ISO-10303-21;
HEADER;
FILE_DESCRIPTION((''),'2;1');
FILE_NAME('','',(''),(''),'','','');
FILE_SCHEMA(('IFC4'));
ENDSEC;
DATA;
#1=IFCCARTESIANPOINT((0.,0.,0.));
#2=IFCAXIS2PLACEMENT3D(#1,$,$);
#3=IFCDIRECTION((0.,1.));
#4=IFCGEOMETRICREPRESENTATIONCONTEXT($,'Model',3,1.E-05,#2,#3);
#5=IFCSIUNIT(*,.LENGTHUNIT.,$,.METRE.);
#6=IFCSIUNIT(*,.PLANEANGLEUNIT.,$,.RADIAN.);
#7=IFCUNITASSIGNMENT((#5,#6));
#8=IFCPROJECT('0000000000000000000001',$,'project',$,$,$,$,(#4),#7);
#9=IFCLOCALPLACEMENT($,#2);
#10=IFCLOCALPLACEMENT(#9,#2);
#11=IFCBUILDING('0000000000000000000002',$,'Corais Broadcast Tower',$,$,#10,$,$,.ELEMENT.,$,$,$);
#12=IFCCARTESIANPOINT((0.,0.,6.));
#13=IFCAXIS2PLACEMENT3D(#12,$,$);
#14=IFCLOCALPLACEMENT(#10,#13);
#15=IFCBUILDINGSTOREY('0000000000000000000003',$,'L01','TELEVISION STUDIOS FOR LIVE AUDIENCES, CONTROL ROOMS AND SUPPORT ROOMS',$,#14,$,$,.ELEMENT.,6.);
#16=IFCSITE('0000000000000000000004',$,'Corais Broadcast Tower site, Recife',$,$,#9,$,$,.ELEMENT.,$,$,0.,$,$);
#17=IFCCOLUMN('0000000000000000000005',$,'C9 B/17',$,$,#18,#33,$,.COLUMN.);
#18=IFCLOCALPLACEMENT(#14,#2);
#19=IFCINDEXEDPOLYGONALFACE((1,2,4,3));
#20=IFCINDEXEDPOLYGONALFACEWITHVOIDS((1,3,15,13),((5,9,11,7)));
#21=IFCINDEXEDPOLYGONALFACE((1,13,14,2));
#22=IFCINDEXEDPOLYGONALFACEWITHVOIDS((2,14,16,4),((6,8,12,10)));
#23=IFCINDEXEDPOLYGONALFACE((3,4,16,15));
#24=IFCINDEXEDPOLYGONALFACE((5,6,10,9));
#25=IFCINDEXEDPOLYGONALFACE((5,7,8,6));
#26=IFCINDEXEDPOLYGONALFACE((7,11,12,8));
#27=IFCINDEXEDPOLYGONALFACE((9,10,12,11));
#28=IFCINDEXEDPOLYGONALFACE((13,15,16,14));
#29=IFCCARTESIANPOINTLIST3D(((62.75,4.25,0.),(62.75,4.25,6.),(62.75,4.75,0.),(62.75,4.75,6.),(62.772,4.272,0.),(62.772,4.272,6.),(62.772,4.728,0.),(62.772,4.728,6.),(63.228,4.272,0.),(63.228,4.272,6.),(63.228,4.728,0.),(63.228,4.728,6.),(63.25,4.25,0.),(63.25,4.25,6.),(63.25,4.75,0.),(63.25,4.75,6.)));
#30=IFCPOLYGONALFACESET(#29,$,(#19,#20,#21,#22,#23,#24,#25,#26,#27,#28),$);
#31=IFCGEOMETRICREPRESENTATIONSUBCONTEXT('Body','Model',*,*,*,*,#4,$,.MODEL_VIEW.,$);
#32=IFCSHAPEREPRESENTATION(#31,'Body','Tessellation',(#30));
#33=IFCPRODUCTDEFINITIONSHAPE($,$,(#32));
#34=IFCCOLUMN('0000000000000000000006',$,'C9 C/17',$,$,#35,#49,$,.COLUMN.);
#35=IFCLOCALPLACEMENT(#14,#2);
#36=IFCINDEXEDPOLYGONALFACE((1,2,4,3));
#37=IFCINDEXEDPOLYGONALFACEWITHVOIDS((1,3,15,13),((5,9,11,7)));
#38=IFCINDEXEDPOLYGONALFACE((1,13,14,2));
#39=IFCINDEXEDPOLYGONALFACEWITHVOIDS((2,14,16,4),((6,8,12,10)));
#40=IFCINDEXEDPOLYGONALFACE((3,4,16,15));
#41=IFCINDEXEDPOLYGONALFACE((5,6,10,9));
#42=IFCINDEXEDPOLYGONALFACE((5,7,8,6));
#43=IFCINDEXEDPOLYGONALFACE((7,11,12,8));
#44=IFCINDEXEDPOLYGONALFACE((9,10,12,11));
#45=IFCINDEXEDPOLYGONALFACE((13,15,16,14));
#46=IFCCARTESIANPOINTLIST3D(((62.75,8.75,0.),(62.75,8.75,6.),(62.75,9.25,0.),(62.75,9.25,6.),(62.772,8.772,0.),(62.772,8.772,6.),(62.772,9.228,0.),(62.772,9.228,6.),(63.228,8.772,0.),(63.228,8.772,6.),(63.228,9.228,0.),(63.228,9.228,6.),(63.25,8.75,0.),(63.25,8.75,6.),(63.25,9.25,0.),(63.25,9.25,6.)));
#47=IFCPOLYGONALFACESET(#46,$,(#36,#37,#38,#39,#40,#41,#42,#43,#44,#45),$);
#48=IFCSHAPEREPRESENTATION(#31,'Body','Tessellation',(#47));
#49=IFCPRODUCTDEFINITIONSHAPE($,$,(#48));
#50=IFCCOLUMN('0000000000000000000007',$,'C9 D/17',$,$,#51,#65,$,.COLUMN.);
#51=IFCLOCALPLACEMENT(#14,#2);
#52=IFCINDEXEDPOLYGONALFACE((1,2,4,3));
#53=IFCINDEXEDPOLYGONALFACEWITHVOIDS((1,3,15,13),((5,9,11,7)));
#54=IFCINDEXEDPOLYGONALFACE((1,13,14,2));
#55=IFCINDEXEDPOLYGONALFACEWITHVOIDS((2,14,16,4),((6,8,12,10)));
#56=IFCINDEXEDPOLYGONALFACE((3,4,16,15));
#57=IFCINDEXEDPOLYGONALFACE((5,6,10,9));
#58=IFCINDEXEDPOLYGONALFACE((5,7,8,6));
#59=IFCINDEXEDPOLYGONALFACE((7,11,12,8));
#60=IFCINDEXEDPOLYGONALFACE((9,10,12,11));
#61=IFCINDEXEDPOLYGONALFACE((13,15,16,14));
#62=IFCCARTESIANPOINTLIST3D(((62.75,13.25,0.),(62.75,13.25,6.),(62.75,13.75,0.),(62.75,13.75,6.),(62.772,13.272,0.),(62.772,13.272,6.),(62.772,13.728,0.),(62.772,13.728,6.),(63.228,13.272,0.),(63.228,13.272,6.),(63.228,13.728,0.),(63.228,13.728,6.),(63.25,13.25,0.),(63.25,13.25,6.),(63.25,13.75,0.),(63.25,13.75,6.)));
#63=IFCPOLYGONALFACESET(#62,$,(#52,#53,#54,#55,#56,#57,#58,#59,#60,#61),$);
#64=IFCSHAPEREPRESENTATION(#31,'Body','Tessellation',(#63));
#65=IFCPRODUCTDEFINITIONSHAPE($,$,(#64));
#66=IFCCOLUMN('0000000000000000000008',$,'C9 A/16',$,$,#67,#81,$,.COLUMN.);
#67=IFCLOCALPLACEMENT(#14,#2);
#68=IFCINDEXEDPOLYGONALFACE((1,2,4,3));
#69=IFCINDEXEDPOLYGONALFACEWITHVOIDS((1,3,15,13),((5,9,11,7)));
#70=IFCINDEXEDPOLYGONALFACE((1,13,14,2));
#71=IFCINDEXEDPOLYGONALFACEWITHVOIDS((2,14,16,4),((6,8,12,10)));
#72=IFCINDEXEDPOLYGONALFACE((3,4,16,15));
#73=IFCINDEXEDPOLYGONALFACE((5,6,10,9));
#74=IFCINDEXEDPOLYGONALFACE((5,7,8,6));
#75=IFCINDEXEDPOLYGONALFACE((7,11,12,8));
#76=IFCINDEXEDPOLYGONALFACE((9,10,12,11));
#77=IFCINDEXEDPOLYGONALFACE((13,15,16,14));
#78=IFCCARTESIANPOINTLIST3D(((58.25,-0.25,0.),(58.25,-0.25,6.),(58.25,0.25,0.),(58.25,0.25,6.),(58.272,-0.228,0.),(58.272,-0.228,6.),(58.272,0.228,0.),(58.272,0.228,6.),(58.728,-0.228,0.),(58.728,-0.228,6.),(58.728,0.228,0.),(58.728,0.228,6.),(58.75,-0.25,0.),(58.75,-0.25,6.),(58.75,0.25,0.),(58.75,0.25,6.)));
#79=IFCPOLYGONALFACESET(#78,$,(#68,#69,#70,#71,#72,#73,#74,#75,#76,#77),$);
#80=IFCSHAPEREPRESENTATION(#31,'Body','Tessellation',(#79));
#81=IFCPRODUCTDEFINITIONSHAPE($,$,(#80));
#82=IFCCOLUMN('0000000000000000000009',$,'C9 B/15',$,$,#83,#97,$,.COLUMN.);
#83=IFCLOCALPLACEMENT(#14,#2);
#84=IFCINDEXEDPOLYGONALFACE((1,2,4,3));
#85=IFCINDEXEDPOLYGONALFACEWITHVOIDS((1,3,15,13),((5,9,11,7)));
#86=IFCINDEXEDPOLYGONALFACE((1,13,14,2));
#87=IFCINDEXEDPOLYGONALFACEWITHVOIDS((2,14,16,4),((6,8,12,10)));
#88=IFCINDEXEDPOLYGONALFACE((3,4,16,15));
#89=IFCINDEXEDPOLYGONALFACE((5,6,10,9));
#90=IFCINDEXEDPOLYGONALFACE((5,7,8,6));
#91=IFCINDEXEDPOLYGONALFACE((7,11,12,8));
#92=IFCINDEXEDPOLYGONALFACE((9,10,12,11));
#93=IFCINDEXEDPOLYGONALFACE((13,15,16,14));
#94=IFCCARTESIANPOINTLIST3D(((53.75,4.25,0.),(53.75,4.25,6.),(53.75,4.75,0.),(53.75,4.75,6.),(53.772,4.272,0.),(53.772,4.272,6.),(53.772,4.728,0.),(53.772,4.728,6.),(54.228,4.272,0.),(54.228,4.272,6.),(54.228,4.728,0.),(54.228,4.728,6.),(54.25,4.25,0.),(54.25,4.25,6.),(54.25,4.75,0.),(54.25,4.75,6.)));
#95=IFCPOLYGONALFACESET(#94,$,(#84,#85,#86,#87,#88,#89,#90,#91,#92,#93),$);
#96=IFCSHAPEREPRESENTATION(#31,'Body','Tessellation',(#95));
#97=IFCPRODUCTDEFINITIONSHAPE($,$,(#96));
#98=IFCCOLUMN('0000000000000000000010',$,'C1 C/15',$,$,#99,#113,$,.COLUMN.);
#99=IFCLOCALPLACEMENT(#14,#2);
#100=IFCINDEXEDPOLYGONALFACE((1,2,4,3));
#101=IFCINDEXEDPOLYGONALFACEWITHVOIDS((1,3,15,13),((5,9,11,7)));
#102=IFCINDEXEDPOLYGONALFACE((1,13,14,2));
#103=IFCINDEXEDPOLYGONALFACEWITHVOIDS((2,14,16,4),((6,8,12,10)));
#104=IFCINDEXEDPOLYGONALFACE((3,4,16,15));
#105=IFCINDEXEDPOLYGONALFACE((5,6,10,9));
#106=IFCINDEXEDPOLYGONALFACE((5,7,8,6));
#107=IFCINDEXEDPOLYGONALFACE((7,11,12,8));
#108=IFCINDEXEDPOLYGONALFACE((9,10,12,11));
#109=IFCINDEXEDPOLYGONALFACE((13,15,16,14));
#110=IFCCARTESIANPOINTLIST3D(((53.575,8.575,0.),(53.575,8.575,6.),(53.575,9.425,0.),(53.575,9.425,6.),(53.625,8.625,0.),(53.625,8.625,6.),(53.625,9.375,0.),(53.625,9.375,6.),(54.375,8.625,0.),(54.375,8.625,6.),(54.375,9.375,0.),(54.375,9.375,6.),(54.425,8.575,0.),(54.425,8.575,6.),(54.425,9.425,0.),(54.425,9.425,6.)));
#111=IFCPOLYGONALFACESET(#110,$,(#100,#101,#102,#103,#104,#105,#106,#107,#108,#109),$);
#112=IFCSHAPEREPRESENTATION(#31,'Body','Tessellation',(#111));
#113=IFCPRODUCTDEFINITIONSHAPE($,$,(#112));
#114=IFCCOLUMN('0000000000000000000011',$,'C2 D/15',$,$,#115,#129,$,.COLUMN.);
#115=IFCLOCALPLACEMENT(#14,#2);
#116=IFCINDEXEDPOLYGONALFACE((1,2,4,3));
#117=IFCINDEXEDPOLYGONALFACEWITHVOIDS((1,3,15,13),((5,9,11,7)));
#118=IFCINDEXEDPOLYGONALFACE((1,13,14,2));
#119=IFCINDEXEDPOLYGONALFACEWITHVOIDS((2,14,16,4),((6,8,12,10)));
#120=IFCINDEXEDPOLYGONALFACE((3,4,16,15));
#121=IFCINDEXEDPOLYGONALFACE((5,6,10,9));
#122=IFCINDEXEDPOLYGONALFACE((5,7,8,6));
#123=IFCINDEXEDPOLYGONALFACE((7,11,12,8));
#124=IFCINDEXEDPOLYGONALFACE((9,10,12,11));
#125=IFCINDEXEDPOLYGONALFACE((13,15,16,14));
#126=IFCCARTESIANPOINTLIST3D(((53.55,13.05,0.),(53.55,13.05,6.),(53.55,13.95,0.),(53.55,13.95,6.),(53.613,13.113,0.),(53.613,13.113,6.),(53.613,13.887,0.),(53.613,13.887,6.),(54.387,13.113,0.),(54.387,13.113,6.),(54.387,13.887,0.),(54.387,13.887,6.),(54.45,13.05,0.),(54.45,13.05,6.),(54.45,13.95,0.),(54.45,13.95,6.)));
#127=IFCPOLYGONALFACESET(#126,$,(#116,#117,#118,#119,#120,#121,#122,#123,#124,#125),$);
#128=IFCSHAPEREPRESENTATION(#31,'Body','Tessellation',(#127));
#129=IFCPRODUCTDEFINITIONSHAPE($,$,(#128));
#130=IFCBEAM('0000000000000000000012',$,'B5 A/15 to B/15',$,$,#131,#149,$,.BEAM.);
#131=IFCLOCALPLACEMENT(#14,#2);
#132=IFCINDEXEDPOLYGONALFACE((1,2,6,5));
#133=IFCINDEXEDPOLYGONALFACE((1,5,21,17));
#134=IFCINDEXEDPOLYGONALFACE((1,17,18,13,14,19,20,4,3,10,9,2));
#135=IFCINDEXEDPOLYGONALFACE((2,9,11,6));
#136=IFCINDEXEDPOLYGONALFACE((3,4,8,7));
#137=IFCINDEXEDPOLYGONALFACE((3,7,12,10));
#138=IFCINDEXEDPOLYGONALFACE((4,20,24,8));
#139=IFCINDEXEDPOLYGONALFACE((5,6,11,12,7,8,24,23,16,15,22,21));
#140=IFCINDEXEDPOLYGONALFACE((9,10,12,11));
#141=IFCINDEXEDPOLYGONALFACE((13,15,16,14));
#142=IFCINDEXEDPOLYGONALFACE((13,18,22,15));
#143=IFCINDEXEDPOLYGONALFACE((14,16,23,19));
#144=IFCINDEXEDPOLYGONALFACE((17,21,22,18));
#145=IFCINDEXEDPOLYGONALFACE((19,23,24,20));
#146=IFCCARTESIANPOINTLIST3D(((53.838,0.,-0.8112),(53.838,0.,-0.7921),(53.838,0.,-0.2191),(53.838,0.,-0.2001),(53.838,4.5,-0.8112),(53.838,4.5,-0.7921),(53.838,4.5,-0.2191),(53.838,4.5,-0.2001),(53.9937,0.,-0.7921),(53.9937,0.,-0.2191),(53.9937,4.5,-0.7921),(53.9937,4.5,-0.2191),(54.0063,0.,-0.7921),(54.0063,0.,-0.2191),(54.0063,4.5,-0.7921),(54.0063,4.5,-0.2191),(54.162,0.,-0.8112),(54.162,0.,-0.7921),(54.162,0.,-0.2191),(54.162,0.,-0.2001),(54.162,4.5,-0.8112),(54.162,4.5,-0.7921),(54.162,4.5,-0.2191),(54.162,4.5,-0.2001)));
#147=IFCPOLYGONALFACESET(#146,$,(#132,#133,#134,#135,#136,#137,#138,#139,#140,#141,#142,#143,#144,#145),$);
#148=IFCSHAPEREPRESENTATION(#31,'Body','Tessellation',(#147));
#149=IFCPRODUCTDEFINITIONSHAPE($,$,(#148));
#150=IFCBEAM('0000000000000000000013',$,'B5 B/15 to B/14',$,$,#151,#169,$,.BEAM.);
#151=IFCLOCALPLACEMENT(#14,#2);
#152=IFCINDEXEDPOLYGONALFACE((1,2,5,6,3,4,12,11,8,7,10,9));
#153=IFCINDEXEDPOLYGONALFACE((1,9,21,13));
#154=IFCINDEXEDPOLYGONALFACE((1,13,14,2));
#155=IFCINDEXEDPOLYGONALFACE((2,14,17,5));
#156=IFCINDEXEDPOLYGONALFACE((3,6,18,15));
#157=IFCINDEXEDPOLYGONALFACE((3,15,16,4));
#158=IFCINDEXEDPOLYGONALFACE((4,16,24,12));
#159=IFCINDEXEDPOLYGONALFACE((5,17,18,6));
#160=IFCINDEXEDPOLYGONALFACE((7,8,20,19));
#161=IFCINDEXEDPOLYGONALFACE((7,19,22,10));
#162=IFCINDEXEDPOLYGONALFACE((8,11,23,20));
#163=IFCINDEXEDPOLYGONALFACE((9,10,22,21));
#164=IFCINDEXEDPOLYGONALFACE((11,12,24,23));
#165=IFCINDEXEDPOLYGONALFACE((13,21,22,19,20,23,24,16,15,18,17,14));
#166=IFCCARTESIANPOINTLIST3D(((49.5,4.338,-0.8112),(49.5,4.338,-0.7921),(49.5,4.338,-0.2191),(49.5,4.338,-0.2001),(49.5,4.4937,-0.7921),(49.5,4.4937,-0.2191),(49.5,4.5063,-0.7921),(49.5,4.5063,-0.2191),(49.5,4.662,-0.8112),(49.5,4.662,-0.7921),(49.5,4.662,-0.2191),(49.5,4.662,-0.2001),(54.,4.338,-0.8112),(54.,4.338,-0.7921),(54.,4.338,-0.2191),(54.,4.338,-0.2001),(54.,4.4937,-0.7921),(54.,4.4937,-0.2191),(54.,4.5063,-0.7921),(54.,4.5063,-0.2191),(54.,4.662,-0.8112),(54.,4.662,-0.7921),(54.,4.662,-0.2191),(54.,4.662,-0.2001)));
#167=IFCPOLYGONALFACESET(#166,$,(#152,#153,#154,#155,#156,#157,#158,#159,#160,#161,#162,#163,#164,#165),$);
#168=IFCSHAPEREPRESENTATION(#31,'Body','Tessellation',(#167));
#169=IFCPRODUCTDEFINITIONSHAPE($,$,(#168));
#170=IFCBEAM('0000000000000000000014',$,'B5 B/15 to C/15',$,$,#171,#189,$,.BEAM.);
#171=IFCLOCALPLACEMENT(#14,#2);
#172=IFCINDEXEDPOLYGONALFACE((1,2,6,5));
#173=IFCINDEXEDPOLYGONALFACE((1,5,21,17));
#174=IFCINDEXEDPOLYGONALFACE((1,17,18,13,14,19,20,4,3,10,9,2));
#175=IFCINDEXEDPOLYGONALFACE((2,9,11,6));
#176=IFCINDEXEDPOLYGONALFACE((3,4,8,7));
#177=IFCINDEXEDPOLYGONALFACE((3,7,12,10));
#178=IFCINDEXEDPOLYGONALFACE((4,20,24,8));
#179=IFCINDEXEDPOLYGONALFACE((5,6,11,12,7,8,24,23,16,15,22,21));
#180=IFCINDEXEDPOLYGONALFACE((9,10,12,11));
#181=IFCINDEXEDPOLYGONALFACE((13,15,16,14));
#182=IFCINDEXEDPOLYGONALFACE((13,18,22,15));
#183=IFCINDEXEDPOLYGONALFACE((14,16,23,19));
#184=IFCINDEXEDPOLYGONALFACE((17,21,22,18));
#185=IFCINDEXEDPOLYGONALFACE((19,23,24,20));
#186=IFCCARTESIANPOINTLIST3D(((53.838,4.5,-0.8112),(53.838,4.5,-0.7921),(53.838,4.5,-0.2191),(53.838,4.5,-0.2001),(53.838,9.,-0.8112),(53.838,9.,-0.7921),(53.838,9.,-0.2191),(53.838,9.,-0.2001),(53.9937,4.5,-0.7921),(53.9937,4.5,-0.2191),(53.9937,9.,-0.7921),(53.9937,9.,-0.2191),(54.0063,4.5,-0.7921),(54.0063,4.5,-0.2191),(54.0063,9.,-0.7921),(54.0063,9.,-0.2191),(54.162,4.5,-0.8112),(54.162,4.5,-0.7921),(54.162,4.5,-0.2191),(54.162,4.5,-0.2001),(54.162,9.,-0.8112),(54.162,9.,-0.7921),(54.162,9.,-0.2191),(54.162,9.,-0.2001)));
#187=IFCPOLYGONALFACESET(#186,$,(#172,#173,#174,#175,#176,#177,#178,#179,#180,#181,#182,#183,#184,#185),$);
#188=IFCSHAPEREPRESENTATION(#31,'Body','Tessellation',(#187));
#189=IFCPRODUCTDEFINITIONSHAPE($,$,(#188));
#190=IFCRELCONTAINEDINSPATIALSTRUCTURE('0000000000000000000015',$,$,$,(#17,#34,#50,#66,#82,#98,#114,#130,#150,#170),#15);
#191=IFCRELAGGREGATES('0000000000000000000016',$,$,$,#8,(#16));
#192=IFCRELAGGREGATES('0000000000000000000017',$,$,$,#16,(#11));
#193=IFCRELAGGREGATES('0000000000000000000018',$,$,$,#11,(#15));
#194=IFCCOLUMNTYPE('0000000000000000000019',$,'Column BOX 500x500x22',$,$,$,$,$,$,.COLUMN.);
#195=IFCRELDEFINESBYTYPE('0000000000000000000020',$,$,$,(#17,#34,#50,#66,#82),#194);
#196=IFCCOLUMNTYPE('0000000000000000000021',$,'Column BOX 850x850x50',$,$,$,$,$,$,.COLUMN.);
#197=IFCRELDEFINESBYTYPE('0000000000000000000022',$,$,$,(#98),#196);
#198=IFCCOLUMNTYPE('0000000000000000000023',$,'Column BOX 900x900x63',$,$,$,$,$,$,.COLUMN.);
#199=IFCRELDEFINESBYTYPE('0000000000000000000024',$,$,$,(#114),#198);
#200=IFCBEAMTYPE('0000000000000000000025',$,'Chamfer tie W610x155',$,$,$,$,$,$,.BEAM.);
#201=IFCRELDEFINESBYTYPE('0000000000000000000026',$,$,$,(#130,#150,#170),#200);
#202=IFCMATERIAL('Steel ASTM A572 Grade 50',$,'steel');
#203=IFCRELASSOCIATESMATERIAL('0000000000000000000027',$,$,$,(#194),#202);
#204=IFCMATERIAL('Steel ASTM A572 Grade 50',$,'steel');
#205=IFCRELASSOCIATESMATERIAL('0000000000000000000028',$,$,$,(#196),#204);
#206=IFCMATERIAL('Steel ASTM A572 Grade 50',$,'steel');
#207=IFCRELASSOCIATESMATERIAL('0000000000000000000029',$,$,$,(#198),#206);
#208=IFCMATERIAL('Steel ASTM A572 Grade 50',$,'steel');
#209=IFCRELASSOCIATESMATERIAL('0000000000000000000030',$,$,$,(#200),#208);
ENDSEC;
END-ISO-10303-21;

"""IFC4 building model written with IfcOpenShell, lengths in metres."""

from ifc_helpers import new_model, si_unit, direction, frame, origin, origin_2d, place, context, subcontext, project, spatial, hollow_rectangle, i_section, extrude, material, material_profile, profile_set, type_object, element, save


model = new_model("IFC4")

# Units and contexts
model_context = context("Model", 3, precision=1e-05, world=origin(), true_north=direction((0.0, 1.0)))
body_context = subcontext(model_context, "Body", "Model", "MODEL_VIEW")
ifc_project = project(units=[si_unit("LENGTHUNIT", "METRE"), si_unit("PLANEANGLEUNIT", "RADIAN")], contexts=[model_context])

# Site, building, storey
site_placement = place(None, origin())
site = spatial("IfcSite", under=ifc_project, at=site_placement, Name="Corais Broadcast Tower site, Recife", CompositionType="ELEMENT", RefElevation=0.0)
building_placement = place(site_placement, origin())
building = spatial("IfcBuilding", under=site, at=building_placement, Name="Corais Broadcast Tower", CompositionType="ELEMENT")
storey_placement = place(building_placement, frame((0.0, 0.0, 6.0)))
storey = spatial("IfcBuildingStorey", under=building, at=storey_placement, Name="L01", Description="TELEVISION STUDIOS FOR LIVE AUDIENCES, CONTROL ROOMS AND SUPPORT ROOMS", CompositionType="ELEMENT", Elevation=6.0)

# Columns
ifc_material_1 = material(Name="Steel ASTM A572 Grade 50", Category="steel")
ifc_material_profile_1 = material_profile(ifc_material_1, hollow_rectangle(XDim=0.5, YDim=0.5, WallThickness=0.022, at=origin_2d()), Name="BOX 500x500x22")
ifc_profile_set_1 = profile_set([ifc_material_profile_1], Name="Steel ASTM A572 Grade 50")
column_type_1 = type_object("IfcColumnType", Name="Column BOX 500x500x22", PredefinedType="COLUMN", material=ifc_profile_set_1)
for number, where, z_axis, x_axis, name in (
    (1, (63.0, 4.5, 0.0), (0.0, 0.0, 1.0), (1.0, 0.0, 0.0), "C9 B/17"),
    (2, (63.0, 9.0, 0.0), (0.0, 0.0, 1.0), (1.0, 0.0, 0.0), "C9 C/17"),
    (3, (63.0, 13.5, 0.0), (0.0, 0.0, 1.0), (1.0, 0.0, 0.0), "C9 D/17"),
    (4, (58.5, 0.0, 0.0), (0.0, 0.0, 1.0), (1.0, 0.0, 0.0), "C9 A/16"),
    (5, (54.0, 4.5, 0.0), (0.0, 0.0, 1.0), (1.0, 0.0, 0.0), "C9 B/15"),
):
    element("IfcColumn", number, at=place(storey_placement, frame(where, z_axis=z_axis, x_axis=x_axis)), inside=storey, type_object=column_type_1, Name=name, PredefinedType="COLUMN", context=body_context, shape_type="SweptSolid", body=[
        extrude(hollow_rectangle(XDim=0.5, YDim=0.5, WallThickness=0.022, at=origin_2d()), origin(), (0.0, 0.0, 1.0), 6.0),
    ])
ifc_material_2 = material(Name="Steel ASTM A572 Grade 50", Category="steel")
ifc_material_profile_2 = material_profile(ifc_material_2, hollow_rectangle(XDim=0.8501, YDim=0.8501, WallThickness=0.05, at=origin_2d()), Name="BOX 850x850x50")
ifc_profile_set_2 = profile_set([ifc_material_profile_2], Name="Steel ASTM A572 Grade 50")
column_type_2 = type_object("IfcColumnType", Name="Column BOX 850x850x50", PredefinedType="COLUMN", material=ifc_profile_set_2)
column_1_placement = place(storey_placement, frame((54.0, 9.0, 0.0), z_axis=(0.0, 0.0, 1.0), x_axis=(1.0, 0.0, 0.0)))
element("IfcColumn", 6, at=column_1_placement, inside=storey, type_object=column_type_2, Name="C1 C/15", PredefinedType="COLUMN", context=body_context, shape_type="SweptSolid", body=[
    extrude(hollow_rectangle(XDim=0.8501, YDim=0.8501, WallThickness=0.05, at=origin_2d()), origin(), (0.0, 0.0, 1.0), 6.0),
])
ifc_material_3 = material(Name="Steel ASTM A572 Grade 50", Category="steel")
ifc_material_profile_3 = material_profile(ifc_material_3, hollow_rectangle(XDim=0.8999, YDim=0.8999, WallThickness=0.063, at=origin_2d()), Name="BOX 900x900x63")
ifc_profile_set_3 = profile_set([ifc_material_profile_3], Name="Steel ASTM A572 Grade 50")
column_type_3 = type_object("IfcColumnType", Name="Column BOX 900x900x63", PredefinedType="COLUMN", material=ifc_profile_set_3)
column_2_placement = place(storey_placement, frame((54.0, 13.5, 0.0), z_axis=(0.0, 0.0, 1.0), x_axis=(1.0, 0.0, 0.0)))
element("IfcColumn", 7, at=column_2_placement, inside=storey, type_object=column_type_3, Name="C2 D/15", PredefinedType="COLUMN", context=body_context, shape_type="SweptSolid", body=[
    extrude(hollow_rectangle(XDim=0.8999, YDim=0.8999, WallThickness=0.063, at=origin_2d()), origin(), (0.0, 0.0, 1.0), 6.0),
])

# Beams
ifc_material_4 = material(Name="Steel ASTM A572 Grade 50", Category="steel")
ifc_material_profile_4 = material_profile(ifc_material_4, i_section(OverallWidth=0.324, OverallDepth=0.6111, WebThickness=0.0127, FlangeThickness=0.019, at=origin_2d()), Name="W610x155")
ifc_profile_set_4 = profile_set([ifc_material_profile_4], Name="Steel ASTM A572 Grade 50")
beam_type_1 = type_object("IfcBeamType", Name="Chamfer tie W610x155", PredefinedType="BEAM", material=ifc_profile_set_4)
for number, where, z_axis, x_axis, name in (
    (8, (54.0, 0.0, -0.5056), (0.0, 1.0, 0.0), (-1.0, 0.0, 0.0), "B5 A/15 to B/15"),
    (9, (54.0, 4.5, -0.5056), (-1.0, 0.0, 0.0), (0.0, -1.0, 0.0), "B5 B/15 to B/14"),
    (10, (54.0, 4.5, -0.5056), (0.0, 1.0, 0.0), (-1.0, 0.0, 0.0), "B5 B/15 to C/15"),
):
    element("IfcBeam", number, at=place(storey_placement, frame(where, z_axis=z_axis, x_axis=x_axis)), inside=storey, type_object=beam_type_1, Name=name, PredefinedType="BEAM", context=body_context, shape_type="SweptSolid", body=[
        extrude(i_section(OverallWidth=0.324, OverallDepth=0.6111, WebThickness=0.0127, FlangeThickness=0.019, at=origin_2d()), origin(), (0.0, 0.0, 1.0), 4.5),
    ])

save(model, "model.ifc")
